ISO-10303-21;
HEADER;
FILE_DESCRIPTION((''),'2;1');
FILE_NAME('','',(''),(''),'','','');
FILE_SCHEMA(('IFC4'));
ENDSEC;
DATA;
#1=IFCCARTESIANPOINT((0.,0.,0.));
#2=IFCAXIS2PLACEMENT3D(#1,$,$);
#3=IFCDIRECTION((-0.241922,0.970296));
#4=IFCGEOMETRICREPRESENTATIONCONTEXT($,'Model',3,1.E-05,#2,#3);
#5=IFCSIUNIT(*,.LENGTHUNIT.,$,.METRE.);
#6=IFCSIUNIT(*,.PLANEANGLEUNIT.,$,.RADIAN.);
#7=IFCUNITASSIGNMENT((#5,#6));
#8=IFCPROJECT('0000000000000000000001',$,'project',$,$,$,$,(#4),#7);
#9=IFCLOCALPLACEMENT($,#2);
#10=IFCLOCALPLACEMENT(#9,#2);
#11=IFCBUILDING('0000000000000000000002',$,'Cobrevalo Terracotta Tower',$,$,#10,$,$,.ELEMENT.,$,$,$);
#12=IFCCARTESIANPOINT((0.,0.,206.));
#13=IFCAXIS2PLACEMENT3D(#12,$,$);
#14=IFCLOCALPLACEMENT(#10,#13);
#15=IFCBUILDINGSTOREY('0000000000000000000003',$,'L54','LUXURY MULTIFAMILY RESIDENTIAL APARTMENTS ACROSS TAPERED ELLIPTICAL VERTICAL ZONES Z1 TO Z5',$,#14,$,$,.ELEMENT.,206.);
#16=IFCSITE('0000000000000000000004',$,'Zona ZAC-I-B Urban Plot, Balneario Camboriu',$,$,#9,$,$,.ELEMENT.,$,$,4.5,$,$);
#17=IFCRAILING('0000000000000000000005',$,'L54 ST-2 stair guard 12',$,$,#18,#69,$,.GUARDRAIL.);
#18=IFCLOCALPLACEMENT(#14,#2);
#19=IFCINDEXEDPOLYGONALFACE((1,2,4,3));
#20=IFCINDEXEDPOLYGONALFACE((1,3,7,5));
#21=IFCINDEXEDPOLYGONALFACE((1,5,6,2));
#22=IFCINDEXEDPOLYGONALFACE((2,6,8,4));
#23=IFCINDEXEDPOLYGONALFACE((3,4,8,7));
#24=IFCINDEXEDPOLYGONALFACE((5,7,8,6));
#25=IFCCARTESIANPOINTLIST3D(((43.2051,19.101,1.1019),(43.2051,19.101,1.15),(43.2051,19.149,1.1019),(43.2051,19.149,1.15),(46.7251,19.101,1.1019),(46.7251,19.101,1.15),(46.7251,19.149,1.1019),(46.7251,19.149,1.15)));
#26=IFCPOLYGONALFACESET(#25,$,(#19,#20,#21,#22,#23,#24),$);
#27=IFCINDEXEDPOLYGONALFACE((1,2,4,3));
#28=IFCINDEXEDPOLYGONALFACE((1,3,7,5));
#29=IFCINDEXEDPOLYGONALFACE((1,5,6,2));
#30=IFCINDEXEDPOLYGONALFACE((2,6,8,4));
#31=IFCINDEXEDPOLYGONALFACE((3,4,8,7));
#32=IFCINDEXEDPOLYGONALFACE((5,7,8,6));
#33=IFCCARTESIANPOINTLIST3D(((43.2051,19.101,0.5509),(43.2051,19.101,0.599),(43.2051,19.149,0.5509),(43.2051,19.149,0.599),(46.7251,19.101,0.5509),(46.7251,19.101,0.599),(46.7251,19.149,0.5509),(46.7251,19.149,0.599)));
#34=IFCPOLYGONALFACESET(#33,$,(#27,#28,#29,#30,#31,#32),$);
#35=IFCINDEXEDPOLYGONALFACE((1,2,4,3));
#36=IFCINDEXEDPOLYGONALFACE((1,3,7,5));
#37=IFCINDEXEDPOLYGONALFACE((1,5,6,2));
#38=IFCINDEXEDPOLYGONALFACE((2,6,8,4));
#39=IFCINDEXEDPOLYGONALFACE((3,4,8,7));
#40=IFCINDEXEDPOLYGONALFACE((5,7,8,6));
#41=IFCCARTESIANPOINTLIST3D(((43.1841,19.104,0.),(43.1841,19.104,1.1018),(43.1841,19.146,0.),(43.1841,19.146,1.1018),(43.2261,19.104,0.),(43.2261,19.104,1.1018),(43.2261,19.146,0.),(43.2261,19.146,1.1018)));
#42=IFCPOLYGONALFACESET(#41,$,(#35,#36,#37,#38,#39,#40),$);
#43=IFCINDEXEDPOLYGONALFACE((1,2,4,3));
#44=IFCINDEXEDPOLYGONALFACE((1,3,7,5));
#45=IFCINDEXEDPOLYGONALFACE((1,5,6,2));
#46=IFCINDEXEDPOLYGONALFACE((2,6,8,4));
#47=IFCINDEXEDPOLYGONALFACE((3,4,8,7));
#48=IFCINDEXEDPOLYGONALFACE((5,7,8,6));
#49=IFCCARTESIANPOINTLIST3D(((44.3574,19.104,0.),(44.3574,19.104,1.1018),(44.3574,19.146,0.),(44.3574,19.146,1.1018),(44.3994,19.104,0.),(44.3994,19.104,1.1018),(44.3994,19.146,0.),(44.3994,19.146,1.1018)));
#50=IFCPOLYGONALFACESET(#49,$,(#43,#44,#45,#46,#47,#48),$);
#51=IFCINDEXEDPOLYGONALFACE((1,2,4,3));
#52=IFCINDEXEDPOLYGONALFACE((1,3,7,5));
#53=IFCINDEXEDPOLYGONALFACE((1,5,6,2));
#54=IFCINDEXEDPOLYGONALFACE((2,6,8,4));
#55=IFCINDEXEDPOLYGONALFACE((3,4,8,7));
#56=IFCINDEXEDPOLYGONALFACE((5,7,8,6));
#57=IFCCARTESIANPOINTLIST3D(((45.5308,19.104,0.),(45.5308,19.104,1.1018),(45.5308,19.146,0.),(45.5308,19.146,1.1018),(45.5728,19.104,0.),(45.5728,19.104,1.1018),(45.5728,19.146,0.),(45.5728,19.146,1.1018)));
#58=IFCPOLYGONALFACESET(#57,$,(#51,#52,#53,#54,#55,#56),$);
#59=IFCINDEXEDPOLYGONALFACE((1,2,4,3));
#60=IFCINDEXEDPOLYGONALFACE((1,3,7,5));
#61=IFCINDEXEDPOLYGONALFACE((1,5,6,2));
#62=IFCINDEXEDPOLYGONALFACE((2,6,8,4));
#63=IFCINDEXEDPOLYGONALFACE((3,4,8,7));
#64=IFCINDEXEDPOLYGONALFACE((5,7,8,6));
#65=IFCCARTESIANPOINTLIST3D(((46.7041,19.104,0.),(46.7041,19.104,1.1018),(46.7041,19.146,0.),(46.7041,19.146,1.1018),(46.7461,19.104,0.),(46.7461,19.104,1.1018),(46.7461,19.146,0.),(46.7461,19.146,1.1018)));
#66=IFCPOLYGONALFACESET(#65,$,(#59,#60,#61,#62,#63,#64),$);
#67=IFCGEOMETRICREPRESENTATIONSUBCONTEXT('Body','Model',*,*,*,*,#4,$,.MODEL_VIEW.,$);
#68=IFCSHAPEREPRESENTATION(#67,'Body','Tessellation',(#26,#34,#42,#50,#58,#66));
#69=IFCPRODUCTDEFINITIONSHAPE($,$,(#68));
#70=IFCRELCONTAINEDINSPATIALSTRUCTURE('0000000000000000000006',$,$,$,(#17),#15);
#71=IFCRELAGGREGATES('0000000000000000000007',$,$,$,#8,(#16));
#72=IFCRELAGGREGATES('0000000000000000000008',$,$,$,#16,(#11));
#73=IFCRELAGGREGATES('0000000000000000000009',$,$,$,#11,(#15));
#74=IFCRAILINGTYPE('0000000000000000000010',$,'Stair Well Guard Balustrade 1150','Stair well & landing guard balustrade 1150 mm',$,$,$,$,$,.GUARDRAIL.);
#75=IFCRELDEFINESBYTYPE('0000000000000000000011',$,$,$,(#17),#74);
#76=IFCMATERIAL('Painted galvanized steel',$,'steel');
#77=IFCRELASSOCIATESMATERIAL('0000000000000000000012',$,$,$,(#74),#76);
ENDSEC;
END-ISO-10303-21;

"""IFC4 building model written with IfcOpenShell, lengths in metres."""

from ifc_helpers import new_model, si_unit, direction, frame, origin, origin_2d, place, context, subcontext, project, spatial, rectangle, extrude, material, type_object, element, save


model = new_model("IFC4")

# Units and contexts
model_context = context("Model", 3, precision=1e-05, world=origin(), true_north=direction((-0.241922, 0.970296)))
body_context = subcontext(model_context, "Body", "Model", "MODEL_VIEW")
ifc_project = project(units=[si_unit("LENGTHUNIT", "METRE"), si_unit("PLANEANGLEUNIT", "RADIAN")], contexts=[model_context])

# Site, building, storey
site_placement = place(None, origin())
site = spatial("IfcSite", under=ifc_project, at=site_placement, Name="Zona ZAC-I-B Urban Plot, Balneario Camboriu", CompositionType="ELEMENT", RefElevation=4.5)
building_placement = place(site_placement, origin())
building = spatial("IfcBuilding", under=site, at=building_placement, Name="Cobrevalo Terracotta Tower", CompositionType="ELEMENT")
storey_placement = place(building_placement, frame((0.0, 0.0, 206.0)))
storey = spatial("IfcBuildingStorey", under=building, at=storey_placement, Name="L54", Description="LUXURY MULTIFAMILY RESIDENTIAL APARTMENTS ACROSS TAPERED ELLIPTICAL VERTICAL ZONES Z1 TO Z5", CompositionType="ELEMENT", Elevation=206.0)

# Railing
ifc_material_1 = material(Name="Painted galvanized steel", Category="steel")
railing_type_1 = type_object("IfcRailingType", Name="Stair Well Guard Balustrade 1150", Description="Stair well & landing guard balustrade 1150 mm", PredefinedType="GUARDRAIL", material=ifc_material_1)
railing_1_placement = place(storey_placement, frame((43.2051, 19.125, 0.0)))
element("IfcRailing", 1, at=railing_1_placement, inside=storey, type_object=railing_type_1, Name="L54 ST-2 stair guard 12", PredefinedType="GUARDRAIL", context=body_context, shape_type="SweptSolid", body=[
    extrude(rectangle(XDim=0.0481, YDim=0.0481, at=origin_2d()), frame((0.0, 0.0, 1.126), z_axis=(1.0, 0.0, 0.0), x_axis=(0.0, 1.0, 0.0)), (0.0, 0.0, 1.0), 3.52),
    extrude(rectangle(XDim=0.0481, YDim=0.0481, at=origin_2d()), frame((0.0, 0.0, 0.575), z_axis=(1.0, 0.0, 0.0), x_axis=(0.0, 1.0, 0.0)), (0.0, 0.0, 1.0), 3.52),
    extrude(rectangle(XDim=0.042, YDim=0.042, at=origin_2d()), origin(), (0.0, 0.0, 1.0), 1.1018),
    extrude(rectangle(XDim=0.042, YDim=0.042, at=origin_2d()), frame((1.1733, 0.0, 0.0)), (0.0, 0.0, 1.0), 1.1018),
    extrude(rectangle(XDim=0.042, YDim=0.042, at=origin_2d()), frame((2.3467, 0.0, 0.0)), (0.0, 0.0, 1.0), 1.1018),
    extrude(rectangle(XDim=0.042, YDim=0.042, at=origin_2d()), frame((3.52, 0.0, 0.0)), (0.0, 0.0, 1.0), 1.1018),
])

save(model, "model.ifc")
